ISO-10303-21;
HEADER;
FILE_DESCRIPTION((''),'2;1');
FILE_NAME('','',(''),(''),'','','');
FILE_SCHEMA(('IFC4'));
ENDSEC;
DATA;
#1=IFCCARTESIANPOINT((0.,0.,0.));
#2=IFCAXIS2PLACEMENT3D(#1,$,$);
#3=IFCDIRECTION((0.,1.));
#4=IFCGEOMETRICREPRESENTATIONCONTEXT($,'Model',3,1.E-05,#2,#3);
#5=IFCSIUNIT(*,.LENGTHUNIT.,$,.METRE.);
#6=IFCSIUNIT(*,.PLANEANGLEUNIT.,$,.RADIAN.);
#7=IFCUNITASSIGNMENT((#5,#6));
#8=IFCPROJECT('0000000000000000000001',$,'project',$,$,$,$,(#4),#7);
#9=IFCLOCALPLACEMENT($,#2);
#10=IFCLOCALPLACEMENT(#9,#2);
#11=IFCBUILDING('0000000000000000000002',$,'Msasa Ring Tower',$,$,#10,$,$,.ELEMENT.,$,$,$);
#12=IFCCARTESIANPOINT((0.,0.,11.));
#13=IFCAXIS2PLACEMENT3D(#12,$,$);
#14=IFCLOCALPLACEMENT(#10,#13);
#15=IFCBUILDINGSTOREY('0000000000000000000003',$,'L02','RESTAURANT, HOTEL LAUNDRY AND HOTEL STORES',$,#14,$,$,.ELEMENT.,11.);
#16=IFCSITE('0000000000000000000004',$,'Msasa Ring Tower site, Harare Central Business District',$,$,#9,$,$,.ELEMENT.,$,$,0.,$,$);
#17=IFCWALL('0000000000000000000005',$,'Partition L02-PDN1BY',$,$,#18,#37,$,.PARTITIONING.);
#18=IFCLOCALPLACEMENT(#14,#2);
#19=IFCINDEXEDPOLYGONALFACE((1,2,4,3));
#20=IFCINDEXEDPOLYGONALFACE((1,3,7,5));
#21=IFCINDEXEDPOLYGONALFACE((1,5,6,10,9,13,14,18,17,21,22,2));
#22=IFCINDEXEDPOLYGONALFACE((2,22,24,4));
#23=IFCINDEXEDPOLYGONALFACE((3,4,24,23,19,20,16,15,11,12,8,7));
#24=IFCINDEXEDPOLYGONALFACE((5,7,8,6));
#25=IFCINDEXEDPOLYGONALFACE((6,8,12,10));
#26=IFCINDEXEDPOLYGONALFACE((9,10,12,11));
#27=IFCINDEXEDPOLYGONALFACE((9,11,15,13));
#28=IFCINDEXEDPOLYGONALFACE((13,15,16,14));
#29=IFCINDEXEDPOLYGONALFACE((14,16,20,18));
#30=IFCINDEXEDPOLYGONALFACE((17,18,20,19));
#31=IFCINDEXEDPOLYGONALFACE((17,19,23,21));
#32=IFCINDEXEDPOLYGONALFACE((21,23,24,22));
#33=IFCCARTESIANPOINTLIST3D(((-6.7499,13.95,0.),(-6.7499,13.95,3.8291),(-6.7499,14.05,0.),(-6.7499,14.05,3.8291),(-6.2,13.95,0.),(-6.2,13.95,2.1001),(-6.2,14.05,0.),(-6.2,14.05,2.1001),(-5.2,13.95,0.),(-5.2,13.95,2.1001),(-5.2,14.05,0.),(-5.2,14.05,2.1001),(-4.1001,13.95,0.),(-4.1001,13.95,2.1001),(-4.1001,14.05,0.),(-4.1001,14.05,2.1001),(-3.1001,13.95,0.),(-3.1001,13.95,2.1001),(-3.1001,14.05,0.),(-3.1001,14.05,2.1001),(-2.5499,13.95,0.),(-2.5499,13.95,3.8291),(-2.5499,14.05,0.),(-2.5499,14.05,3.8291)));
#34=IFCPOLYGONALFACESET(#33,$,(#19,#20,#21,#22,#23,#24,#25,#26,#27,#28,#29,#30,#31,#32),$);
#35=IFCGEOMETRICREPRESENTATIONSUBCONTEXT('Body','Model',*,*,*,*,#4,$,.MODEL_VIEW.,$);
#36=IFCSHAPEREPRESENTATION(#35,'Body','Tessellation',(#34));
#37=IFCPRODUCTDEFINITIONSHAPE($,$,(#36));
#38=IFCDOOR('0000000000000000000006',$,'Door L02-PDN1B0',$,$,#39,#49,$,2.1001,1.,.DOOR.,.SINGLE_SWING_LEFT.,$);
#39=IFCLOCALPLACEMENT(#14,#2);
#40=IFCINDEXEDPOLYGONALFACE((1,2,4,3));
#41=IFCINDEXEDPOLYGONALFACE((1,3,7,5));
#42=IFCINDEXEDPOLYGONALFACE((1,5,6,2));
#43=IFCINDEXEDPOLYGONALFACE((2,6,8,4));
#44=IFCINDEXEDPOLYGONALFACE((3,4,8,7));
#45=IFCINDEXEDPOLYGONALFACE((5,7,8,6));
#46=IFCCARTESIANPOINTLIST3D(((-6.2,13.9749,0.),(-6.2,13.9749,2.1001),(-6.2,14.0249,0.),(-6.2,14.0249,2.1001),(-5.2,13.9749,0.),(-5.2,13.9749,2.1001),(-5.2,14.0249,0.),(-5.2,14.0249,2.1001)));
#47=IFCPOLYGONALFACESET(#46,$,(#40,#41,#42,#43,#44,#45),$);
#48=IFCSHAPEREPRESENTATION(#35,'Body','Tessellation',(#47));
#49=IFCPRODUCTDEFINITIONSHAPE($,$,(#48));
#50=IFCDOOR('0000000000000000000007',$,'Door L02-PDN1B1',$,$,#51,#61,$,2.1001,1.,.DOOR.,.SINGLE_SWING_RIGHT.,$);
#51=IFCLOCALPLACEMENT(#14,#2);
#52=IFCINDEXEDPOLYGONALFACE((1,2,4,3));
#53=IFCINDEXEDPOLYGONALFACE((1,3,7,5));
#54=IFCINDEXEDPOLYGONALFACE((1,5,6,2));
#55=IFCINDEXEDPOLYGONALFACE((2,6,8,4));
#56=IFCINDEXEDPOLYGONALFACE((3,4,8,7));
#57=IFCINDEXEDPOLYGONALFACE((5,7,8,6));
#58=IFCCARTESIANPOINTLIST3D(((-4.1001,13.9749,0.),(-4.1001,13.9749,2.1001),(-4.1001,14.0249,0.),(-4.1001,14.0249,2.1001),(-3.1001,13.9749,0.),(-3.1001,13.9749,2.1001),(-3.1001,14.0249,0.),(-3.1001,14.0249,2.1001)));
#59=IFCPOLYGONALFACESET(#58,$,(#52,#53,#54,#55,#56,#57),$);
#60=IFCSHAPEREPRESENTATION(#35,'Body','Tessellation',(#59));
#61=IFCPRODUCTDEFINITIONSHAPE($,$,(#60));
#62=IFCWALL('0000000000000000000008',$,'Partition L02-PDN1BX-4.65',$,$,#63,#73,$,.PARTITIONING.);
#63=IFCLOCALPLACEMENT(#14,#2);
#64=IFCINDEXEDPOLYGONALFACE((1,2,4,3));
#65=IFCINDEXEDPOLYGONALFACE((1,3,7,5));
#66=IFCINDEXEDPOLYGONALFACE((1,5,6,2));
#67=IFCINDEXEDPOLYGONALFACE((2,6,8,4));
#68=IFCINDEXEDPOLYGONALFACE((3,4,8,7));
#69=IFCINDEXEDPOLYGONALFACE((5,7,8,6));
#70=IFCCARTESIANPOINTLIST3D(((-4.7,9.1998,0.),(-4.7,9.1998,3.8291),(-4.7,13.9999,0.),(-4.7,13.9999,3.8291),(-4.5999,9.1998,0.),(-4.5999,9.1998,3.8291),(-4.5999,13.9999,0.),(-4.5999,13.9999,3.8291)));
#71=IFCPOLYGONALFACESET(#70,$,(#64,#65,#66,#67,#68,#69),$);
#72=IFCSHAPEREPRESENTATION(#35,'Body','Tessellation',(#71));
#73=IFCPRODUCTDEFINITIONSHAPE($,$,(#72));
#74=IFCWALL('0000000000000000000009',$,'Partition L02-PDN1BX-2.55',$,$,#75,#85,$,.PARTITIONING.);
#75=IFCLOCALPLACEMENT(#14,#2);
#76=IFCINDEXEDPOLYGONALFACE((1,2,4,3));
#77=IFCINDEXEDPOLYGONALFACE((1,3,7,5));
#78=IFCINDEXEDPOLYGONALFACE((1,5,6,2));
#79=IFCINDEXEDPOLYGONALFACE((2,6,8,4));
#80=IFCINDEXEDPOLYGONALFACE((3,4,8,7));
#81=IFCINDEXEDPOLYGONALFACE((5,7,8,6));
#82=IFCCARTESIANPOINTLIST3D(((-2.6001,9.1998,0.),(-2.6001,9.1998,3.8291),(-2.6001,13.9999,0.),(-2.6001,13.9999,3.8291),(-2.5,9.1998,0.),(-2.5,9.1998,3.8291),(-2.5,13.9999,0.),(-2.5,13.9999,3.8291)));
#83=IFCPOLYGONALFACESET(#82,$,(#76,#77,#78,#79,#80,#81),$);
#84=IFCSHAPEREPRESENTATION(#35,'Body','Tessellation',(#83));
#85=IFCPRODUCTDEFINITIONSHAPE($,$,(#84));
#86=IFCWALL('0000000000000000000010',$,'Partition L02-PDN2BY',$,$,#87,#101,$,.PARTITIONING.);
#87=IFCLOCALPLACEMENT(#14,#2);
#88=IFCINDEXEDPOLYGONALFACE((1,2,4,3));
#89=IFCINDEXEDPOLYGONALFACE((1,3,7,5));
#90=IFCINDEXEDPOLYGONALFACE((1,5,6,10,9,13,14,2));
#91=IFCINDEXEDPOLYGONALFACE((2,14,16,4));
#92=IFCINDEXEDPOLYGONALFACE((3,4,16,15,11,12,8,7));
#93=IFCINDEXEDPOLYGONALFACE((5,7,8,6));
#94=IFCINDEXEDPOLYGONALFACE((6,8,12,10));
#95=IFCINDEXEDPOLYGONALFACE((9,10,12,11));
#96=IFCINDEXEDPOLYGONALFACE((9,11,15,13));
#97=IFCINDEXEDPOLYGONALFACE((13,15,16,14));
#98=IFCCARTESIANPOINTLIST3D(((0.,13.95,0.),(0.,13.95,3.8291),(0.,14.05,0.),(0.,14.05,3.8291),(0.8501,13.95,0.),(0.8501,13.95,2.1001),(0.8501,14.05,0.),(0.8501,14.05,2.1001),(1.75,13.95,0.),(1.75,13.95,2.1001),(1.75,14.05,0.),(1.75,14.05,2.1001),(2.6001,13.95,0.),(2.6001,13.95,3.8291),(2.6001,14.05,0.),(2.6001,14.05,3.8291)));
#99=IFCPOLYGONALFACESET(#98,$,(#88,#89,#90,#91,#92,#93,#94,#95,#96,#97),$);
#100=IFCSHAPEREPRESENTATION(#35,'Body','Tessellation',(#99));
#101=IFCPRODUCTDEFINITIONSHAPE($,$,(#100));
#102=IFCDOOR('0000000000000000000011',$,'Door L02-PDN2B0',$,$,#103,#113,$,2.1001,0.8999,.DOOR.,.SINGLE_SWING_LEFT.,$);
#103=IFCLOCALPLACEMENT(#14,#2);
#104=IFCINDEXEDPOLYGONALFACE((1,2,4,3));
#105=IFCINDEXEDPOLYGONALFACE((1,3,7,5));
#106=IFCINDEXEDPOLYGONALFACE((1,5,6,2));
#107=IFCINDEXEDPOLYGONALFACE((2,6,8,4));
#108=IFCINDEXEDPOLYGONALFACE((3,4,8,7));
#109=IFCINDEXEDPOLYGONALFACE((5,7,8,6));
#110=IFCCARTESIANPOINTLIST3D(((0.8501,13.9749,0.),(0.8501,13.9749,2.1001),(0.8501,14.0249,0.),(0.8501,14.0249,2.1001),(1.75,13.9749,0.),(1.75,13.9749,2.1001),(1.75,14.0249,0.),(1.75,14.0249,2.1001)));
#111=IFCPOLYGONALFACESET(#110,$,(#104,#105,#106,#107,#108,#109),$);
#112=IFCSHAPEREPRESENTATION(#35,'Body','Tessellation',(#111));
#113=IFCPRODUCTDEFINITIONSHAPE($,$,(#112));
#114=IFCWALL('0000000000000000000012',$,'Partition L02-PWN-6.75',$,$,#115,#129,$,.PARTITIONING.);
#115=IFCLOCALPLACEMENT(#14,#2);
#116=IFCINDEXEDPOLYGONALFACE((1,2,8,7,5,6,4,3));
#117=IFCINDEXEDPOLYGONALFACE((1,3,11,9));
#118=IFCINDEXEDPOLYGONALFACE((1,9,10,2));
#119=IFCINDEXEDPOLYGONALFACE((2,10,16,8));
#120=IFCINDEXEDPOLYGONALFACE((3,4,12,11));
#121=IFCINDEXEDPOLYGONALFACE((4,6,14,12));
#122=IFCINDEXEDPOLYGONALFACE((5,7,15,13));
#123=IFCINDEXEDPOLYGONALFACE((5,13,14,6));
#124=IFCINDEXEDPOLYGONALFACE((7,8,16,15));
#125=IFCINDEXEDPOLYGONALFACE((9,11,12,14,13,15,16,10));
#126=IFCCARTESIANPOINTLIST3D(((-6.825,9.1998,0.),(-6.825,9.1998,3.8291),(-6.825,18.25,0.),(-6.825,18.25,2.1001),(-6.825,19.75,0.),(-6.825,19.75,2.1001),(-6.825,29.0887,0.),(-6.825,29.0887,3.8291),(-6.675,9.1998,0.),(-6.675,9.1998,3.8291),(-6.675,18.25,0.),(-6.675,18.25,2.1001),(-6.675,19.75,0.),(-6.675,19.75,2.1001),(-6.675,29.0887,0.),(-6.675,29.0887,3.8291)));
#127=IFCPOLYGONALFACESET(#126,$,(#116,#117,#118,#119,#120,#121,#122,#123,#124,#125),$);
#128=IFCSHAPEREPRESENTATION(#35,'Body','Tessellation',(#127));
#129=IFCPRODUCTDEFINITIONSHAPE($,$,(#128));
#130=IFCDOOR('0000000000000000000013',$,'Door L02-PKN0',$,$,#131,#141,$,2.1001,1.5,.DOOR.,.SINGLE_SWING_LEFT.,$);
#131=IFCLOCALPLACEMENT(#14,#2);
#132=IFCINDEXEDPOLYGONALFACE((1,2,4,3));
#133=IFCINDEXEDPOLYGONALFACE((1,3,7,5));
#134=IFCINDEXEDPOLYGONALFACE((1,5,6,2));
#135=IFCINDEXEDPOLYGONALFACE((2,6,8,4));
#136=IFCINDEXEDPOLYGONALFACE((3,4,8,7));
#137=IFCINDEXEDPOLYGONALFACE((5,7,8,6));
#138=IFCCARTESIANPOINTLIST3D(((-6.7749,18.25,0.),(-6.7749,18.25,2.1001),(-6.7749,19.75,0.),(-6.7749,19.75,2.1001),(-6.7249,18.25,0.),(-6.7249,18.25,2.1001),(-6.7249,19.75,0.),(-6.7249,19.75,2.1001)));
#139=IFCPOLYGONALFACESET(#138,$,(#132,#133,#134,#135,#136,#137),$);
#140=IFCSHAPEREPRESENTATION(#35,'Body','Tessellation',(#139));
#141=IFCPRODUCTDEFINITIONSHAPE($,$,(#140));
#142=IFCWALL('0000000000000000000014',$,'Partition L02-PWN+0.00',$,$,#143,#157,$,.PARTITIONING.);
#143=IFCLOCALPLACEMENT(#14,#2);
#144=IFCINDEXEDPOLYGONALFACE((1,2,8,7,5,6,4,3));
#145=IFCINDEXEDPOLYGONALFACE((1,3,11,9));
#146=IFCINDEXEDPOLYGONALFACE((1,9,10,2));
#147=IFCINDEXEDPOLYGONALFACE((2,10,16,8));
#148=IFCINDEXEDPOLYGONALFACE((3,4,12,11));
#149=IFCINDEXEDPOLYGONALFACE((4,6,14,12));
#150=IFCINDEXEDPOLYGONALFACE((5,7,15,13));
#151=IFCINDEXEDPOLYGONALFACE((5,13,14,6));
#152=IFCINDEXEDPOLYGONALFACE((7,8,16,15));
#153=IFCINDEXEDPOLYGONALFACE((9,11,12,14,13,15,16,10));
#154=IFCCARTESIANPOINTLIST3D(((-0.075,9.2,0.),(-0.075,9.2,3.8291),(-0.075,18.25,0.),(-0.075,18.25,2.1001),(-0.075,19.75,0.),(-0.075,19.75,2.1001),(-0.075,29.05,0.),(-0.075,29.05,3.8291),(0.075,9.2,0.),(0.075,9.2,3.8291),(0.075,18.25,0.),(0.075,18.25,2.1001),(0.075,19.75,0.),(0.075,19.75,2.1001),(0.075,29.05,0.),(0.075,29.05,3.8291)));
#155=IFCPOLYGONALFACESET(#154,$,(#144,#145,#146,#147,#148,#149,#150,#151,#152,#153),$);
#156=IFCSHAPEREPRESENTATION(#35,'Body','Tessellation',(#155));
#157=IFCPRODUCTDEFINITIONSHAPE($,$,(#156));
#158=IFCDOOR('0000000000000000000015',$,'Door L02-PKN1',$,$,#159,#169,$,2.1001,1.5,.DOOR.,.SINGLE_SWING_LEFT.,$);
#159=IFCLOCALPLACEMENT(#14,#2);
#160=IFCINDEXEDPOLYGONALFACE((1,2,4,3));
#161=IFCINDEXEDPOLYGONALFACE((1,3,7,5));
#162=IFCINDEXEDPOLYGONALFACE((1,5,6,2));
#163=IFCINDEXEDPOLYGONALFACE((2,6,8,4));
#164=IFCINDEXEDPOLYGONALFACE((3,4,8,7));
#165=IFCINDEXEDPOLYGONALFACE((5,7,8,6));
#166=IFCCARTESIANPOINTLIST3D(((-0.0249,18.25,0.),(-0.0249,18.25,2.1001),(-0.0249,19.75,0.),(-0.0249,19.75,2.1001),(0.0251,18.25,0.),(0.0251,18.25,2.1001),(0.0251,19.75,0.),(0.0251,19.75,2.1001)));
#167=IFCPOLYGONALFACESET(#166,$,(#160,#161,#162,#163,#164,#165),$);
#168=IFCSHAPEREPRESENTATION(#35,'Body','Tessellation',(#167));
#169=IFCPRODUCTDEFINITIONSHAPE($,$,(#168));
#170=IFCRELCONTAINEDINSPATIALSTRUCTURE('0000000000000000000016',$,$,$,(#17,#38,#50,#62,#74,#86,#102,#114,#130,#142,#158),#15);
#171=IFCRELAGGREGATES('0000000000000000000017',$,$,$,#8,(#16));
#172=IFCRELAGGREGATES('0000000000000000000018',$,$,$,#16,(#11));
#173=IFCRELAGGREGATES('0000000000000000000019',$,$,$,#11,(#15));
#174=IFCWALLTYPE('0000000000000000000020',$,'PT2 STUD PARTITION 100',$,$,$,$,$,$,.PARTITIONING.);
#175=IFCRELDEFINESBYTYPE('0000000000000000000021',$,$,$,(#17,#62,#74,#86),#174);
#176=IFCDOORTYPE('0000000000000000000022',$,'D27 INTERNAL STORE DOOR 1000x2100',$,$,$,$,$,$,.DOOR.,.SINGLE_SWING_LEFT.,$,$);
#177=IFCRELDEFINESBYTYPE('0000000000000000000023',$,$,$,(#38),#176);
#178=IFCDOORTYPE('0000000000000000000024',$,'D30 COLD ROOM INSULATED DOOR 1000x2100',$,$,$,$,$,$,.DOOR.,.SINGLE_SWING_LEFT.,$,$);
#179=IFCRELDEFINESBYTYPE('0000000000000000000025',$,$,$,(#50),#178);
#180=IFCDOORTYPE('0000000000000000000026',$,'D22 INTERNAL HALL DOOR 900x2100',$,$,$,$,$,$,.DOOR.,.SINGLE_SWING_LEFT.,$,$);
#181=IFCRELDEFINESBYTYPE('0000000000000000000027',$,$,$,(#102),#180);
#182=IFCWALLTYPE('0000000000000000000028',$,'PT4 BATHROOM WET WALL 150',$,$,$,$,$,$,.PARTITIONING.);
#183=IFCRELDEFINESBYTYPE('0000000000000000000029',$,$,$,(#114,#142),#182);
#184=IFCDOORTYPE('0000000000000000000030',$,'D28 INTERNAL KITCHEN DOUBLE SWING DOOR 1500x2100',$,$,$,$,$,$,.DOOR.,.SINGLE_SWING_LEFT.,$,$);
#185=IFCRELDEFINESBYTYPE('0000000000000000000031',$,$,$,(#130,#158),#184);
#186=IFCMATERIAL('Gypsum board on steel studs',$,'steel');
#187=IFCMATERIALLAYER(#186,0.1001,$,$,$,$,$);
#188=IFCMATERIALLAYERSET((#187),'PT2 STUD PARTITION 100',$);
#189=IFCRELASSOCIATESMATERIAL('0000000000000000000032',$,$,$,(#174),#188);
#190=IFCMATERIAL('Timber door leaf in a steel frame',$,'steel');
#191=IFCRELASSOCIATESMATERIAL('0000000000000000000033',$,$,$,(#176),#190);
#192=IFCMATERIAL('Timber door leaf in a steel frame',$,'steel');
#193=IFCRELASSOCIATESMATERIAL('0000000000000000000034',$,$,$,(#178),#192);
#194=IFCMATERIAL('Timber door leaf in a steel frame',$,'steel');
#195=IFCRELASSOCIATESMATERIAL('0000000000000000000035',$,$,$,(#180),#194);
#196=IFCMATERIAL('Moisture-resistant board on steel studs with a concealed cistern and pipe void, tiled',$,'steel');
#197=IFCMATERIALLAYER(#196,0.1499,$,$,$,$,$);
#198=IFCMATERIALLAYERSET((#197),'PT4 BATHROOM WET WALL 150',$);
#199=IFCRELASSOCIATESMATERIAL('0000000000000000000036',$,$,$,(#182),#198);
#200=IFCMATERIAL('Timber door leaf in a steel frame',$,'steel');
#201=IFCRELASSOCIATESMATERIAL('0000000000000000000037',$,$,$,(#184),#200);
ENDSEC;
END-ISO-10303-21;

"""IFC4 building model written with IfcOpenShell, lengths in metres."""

from ifc_helpers import new_model, si_unit, direction, frame, frame_2d, origin, place, context, subcontext, project, spatial, rectangle, extrude, material, layer, layer_set, type_object, element, fill, save


model = new_model("IFC4")

# Units and contexts
model_context = context("Model", 3, precision=1e-05, world=origin(), true_north=direction((0.0, 1.0)))
body_context = subcontext(model_context, "Body", "Model", "MODEL_VIEW")
ifc_project = project(units=[si_unit("LENGTHUNIT", "METRE"), si_unit("PLANEANGLEUNIT", "RADIAN")], contexts=[model_context])

# Site, building, storey
site_placement = place(None, origin())
site = spatial("IfcSite", under=ifc_project, at=site_placement, Name="Msasa Ring Tower site, Harare Central Business District", CompositionType="ELEMENT", RefElevation=0.0)
building_placement = place(site_placement, origin())
building = spatial("IfcBuilding", under=site, at=building_placement, Name="Msasa Ring Tower", CompositionType="ELEMENT")
storey_placement = place(building_placement, frame((0.0, 0.0, 11.0)))
storey = spatial("IfcBuildingStorey", under=building, at=storey_placement, Name="L02", Description="RESTAURANT, HOTEL LAUNDRY AND HOTEL STORES", CompositionType="ELEMENT", Elevation=11.0)

# Wall, openings, doors
ifc_material_1 = material(Name="Gypsum board on steel studs", Category="steel")
ifc_layer_1 = layer(ifc_material_1, 0.1001)
ifc_layer_set_1 = layer_set([ifc_layer_1], Name="PT2 STUD PARTITION 100")
wall_type_1 = type_object("IfcWallType", Name="PT2 STUD PARTITION 100", PredefinedType="PARTITIONING", material=ifc_layer_set_1)
wall_1_placement = place(storey_placement, frame((-6.75, 14.0, 0.0), z_axis=(0.0, 0.0, 1.0), x_axis=(1.0, 0.0, 0.0)))
wall_1 = element("IfcWall", 1, at=wall_1_placement, inside=storey, type_object=wall_type_1, Name="Partition L02-PDN1BY", PredefinedType="PARTITIONING", context=body_context, shape_type="SweptSolid", body=[
    extrude(rectangle(XDim=4.2, YDim=0.1001, at=frame_2d((2.1001, 0.0))), origin(), (0.0, 0.0, 1.0), 3.8291),
])
opening_1_placement = place(wall_1_placement, frame((0.55, 0.0, 0.0)))
opening_1 = element("IfcOpeningElement", 2, at=opening_1_placement, cuts=wall_1, PredefinedType="OPENING", context=body_context, shape_type="SweptSolid", body=[
    extrude(rectangle(XDim=1.0, YDim=2.1001, at=frame_2d((0.5, 1.05))), frame((0.0, 0.0601, 0.0), z_axis=(0.0, -1.0, 0.0), x_axis=(1.0, 0.0, 0.0)), (0.0, 0.0, 1.0), 0.1201),
])
opening_2_placement = place(wall_1_placement, frame((2.6499, 0.0, 0.0)))
opening_2 = element("IfcOpeningElement", 3, at=opening_2_placement, cuts=wall_1, PredefinedType="OPENING", context=body_context, shape_type="SweptSolid", body=[
    extrude(rectangle(XDim=1.0, YDim=2.1001, at=frame_2d((0.5, 1.05))), frame((0.0, 0.0601, 0.0), z_axis=(0.0, -1.0, 0.0), x_axis=(1.0, 0.0, 0.0)), (0.0, 0.0, 1.0), 0.1201),
])
ifc_material_2 = material(Name="Timber door leaf in a steel frame", Category="steel")
door_type_1 = type_object("IfcDoorType", Name="D27 INTERNAL STORE DOOR 1000x2100", OperationType="SINGLE_SWING_LEFT", PredefinedType="DOOR", material=ifc_material_2)
door_1_placement = place(opening_1_placement, origin())
door_1 = element("IfcDoor", 4, at=door_1_placement, inside=storey, type_object=door_type_1, Name="Door L02-PDN1B0", OperationType="SINGLE_SWING_LEFT", OverallHeight=2.1001, OverallWidth=1.0, PredefinedType="DOOR", context=body_context, shape_type="SweptSolid", body=[
    extrude(rectangle(XDim=1.0, YDim=2.1001, at=frame_2d((0.5, 1.05))), frame((0.0, 0.0249, 0.0), z_axis=(0.0, -1.0, 0.0), x_axis=(1.0, 0.0, 0.0)), (0.0, 0.0, 1.0), 0.05),
])
fill(opening_1, door_1)
ifc_material_3 = material(Name="Timber door leaf in a steel frame", Category="steel")
door_type_2 = type_object("IfcDoorType", Name="D30 COLD ROOM INSULATED DOOR 1000x2100", OperationType="SINGLE_SWING_LEFT", PredefinedType="DOOR", material=ifc_material_3)
door_2_placement = place(opening_2_placement, origin())
door_2 = element("IfcDoor", 5, at=door_2_placement, inside=storey, type_object=door_type_2, Name="Door L02-PDN1B1", OperationType="SINGLE_SWING_RIGHT", OverallHeight=2.1001, OverallWidth=1.0, PredefinedType="DOOR", context=body_context, shape_type="SweptSolid", body=[
    extrude(rectangle(XDim=1.0, YDim=2.1001, at=frame_2d((0.5, 1.05))), frame((0.0, 0.0249, 0.0), z_axis=(0.0, -1.0, 0.0), x_axis=(1.0, 0.0, 0.0)), (0.0, 0.0, 1.0), 0.05),
])
fill(opening_2, door_2)

# Walls
for number, where, z_axis, x_axis, name in (
    (6, (-4.6499, 9.2, 0.0), (0.0, 0.0, 1.0), (0.0, 1.0, 0.0), "Partition L02-PDN1BX-4.65"),
    (7, (-2.55, 9.2, 0.0), (0.0, 0.0, 1.0), (0.0, 1.0, 0.0), "Partition L02-PDN1BX-2.55"),
):
    element("IfcWall", number, at=place(storey_placement, frame(where, z_axis=z_axis, x_axis=x_axis)), inside=storey, type_object=wall_type_1, Name=name, PredefinedType="PARTITIONING", context=body_context, shape_type="SweptSolid", body=[
        extrude(rectangle(XDim=4.8, YDim=0.1001, at=frame_2d((2.3999, 0.0))), origin(), (0.0, 0.0, 1.0), 3.8291),
    ])

# Walls, openings, doors
wall_2_placement = place(storey_placement, frame((0.0, 14.0, 0.0), z_axis=(0.0, 0.0, 1.0), x_axis=(1.0, 0.0, 0.0)))
wall_2 = element("IfcWall", 8, at=wall_2_placement, inside=storey, type_object=wall_type_1, Name="Partition L02-PDN2BY", PredefinedType="PARTITIONING", context=body_context, shape_type="SweptSolid", body=[
    extrude(rectangle(XDim=2.6001, YDim=0.1001, at=frame_2d((1.3, 0.0))), origin(), (0.0, 0.0, 1.0), 3.8291),
])
opening_3_placement = place(wall_2_placement, frame((0.8501, 0.0, 0.0)))
opening_3 = element("IfcOpeningElement", 9, at=opening_3_placement, cuts=wall_2, PredefinedType="OPENING", context=body_context, shape_type="SweptSolid", body=[
    extrude(rectangle(XDim=0.8999, YDim=2.1001, at=frame_2d((0.45, 1.05))), frame((0.0, 0.0601, 0.0), z_axis=(0.0, -1.0, 0.0), x_axis=(1.0, 0.0, 0.0)), (0.0, 0.0, 1.0), 0.1201),
])
ifc_material_4 = material(Name="Timber door leaf in a steel frame", Category="steel")
door_type_3 = type_object("IfcDoorType", Name="D22 INTERNAL HALL DOOR 900x2100", OperationType="SINGLE_SWING_LEFT", PredefinedType="DOOR", material=ifc_material_4)
door_3_placement = place(opening_3_placement, origin())
door_3 = element("IfcDoor", 10, at=door_3_placement, inside=storey, type_object=door_type_3, Name="Door L02-PDN2B0", OperationType="SINGLE_SWING_LEFT", OverallHeight=2.1001, OverallWidth=0.8999, PredefinedType="DOOR", context=body_context, shape_type="SweptSolid", body=[
    extrude(rectangle(XDim=0.8999, YDim=2.1001, at=frame_2d((0.45, 1.05))), frame((0.0, 0.0249, 0.0), z_axis=(0.0, -1.0, 0.0), x_axis=(1.0, 0.0, 0.0)), (0.0, 0.0, 1.0), 0.05),
])
fill(opening_3, door_3)
ifc_material_5 = material(Name="Moisture-resistant board on steel studs with a concealed cistern and pipe void, tiled", Category="steel")
ifc_layer_2 = layer(ifc_material_5, 0.1499)
ifc_layer_set_2 = layer_set([ifc_layer_2], Name="PT4 BATHROOM WET WALL 150")
wall_type_2 = type_object("IfcWallType", Name="PT4 BATHROOM WET WALL 150", PredefinedType="PARTITIONING", material=ifc_layer_set_2)
wall_3_placement = place(storey_placement, frame((-6.75, 9.2, 0.0), z_axis=(0.0, 0.0, 1.0), x_axis=(0.0, 1.0, 0.0)))
wall_3 = element("IfcWall", 11, at=wall_3_placement, inside=storey, type_object=wall_type_2, Name="Partition L02-PWN-6.75", PredefinedType="PARTITIONING", context=body_context, shape_type="SweptSolid", body=[
    extrude(rectangle(XDim=19.8889, YDim=0.1499, at=frame_2d((9.9443, 0.0))), origin(), (0.0, 0.0, 1.0), 3.8291),
])
opening_4_placement = place(wall_3_placement, frame((9.05, 0.0, 0.0)))
opening_4 = element("IfcOpeningElement", 12, at=opening_4_placement, cuts=wall_3, PredefinedType="OPENING", context=body_context, shape_type="SweptSolid", body=[
    extrude(rectangle(XDim=1.5, YDim=2.1001, at=frame_2d((0.75, 1.05))), frame((0.0, 0.085, 0.0), z_axis=(0.0, -1.0, 0.0), x_axis=(1.0, 0.0, 0.0)), (0.0, 0.0, 1.0), 0.1699),
])
ifc_material_6 = material(Name="Timber door leaf in a steel frame", Category="steel")
door_type_4 = type_object("IfcDoorType", Name="D28 INTERNAL KITCHEN DOUBLE SWING DOOR 1500x2100", OperationType="SINGLE_SWING_LEFT", PredefinedType="DOOR", material=ifc_material_6)
door_4_placement = place(opening_4_placement, origin())
door_4 = element("IfcDoor", 13, at=door_4_placement, inside=storey, type_object=door_type_4, Name="Door L02-PKN0", OperationType="SINGLE_SWING_LEFT", OverallHeight=2.1001, OverallWidth=1.5, PredefinedType="DOOR", context=body_context, shape_type="SweptSolid", body=[
    extrude(rectangle(XDim=1.5, YDim=2.1001, at=frame_2d((0.75, 1.05))), frame((0.0, 0.0249, 0.0), z_axis=(0.0, -1.0, 0.0), x_axis=(1.0, 0.0, 0.0)), (0.0, 0.0, 1.0), 0.05),
])
fill(opening_4, door_4)
wall_4_placement = place(storey_placement, frame((0.0, 9.2, 0.0), z_axis=(0.0, 0.0, 1.0), x_axis=(0.0, 1.0, 0.0)))
wall_4 = element("IfcWall", 14, at=wall_4_placement, inside=storey, type_object=wall_type_2, Name="Partition L02-PWN+0.00", PredefinedType="PARTITIONING", context=body_context, shape_type="SweptSolid", body=[
    extrude(rectangle(XDim=19.8501, YDim=0.1499, at=frame_2d((9.925, 0.0))), origin(), (0.0, 0.0, 1.0), 3.8291),
])
opening_5_placement = place(wall_4_placement, frame((9.05, 0.0, 0.0)))
opening_5 = element("IfcOpeningElement", 15, at=opening_5_placement, cuts=wall_4, PredefinedType="OPENING", context=body_context, shape_type="SweptSolid", body=[
    extrude(rectangle(XDim=1.5, YDim=2.1001, at=frame_2d((0.75, 1.05))), frame((0.0, 0.085, 0.0), z_axis=(0.0, -1.0, 0.0), x_axis=(1.0, 0.0, 0.0)), (0.0, 0.0, 1.0), 0.1699),
])
door_5_placement = place(opening_5_placement, origin())
door_5 = element("IfcDoor", 16, at=door_5_placement, inside=storey, type_object=door_type_4, Name="Door L02-PKN1", OperationType="SINGLE_SWING_LEFT", OverallHeight=2.1001, OverallWidth=1.5, PredefinedType="DOOR", context=body_context, shape_type="SweptSolid", body=[
    extrude(rectangle(XDim=1.5, YDim=2.1001, at=frame_2d((0.75, 1.05))), frame((0.0, 0.0249, 0.0), z_axis=(0.0, -1.0, 0.0), x_axis=(1.0, 0.0, 0.0)), (0.0, 0.0, 1.0), 0.05),
])
fill(opening_5, door_5)

save(model, "model.ifc")
